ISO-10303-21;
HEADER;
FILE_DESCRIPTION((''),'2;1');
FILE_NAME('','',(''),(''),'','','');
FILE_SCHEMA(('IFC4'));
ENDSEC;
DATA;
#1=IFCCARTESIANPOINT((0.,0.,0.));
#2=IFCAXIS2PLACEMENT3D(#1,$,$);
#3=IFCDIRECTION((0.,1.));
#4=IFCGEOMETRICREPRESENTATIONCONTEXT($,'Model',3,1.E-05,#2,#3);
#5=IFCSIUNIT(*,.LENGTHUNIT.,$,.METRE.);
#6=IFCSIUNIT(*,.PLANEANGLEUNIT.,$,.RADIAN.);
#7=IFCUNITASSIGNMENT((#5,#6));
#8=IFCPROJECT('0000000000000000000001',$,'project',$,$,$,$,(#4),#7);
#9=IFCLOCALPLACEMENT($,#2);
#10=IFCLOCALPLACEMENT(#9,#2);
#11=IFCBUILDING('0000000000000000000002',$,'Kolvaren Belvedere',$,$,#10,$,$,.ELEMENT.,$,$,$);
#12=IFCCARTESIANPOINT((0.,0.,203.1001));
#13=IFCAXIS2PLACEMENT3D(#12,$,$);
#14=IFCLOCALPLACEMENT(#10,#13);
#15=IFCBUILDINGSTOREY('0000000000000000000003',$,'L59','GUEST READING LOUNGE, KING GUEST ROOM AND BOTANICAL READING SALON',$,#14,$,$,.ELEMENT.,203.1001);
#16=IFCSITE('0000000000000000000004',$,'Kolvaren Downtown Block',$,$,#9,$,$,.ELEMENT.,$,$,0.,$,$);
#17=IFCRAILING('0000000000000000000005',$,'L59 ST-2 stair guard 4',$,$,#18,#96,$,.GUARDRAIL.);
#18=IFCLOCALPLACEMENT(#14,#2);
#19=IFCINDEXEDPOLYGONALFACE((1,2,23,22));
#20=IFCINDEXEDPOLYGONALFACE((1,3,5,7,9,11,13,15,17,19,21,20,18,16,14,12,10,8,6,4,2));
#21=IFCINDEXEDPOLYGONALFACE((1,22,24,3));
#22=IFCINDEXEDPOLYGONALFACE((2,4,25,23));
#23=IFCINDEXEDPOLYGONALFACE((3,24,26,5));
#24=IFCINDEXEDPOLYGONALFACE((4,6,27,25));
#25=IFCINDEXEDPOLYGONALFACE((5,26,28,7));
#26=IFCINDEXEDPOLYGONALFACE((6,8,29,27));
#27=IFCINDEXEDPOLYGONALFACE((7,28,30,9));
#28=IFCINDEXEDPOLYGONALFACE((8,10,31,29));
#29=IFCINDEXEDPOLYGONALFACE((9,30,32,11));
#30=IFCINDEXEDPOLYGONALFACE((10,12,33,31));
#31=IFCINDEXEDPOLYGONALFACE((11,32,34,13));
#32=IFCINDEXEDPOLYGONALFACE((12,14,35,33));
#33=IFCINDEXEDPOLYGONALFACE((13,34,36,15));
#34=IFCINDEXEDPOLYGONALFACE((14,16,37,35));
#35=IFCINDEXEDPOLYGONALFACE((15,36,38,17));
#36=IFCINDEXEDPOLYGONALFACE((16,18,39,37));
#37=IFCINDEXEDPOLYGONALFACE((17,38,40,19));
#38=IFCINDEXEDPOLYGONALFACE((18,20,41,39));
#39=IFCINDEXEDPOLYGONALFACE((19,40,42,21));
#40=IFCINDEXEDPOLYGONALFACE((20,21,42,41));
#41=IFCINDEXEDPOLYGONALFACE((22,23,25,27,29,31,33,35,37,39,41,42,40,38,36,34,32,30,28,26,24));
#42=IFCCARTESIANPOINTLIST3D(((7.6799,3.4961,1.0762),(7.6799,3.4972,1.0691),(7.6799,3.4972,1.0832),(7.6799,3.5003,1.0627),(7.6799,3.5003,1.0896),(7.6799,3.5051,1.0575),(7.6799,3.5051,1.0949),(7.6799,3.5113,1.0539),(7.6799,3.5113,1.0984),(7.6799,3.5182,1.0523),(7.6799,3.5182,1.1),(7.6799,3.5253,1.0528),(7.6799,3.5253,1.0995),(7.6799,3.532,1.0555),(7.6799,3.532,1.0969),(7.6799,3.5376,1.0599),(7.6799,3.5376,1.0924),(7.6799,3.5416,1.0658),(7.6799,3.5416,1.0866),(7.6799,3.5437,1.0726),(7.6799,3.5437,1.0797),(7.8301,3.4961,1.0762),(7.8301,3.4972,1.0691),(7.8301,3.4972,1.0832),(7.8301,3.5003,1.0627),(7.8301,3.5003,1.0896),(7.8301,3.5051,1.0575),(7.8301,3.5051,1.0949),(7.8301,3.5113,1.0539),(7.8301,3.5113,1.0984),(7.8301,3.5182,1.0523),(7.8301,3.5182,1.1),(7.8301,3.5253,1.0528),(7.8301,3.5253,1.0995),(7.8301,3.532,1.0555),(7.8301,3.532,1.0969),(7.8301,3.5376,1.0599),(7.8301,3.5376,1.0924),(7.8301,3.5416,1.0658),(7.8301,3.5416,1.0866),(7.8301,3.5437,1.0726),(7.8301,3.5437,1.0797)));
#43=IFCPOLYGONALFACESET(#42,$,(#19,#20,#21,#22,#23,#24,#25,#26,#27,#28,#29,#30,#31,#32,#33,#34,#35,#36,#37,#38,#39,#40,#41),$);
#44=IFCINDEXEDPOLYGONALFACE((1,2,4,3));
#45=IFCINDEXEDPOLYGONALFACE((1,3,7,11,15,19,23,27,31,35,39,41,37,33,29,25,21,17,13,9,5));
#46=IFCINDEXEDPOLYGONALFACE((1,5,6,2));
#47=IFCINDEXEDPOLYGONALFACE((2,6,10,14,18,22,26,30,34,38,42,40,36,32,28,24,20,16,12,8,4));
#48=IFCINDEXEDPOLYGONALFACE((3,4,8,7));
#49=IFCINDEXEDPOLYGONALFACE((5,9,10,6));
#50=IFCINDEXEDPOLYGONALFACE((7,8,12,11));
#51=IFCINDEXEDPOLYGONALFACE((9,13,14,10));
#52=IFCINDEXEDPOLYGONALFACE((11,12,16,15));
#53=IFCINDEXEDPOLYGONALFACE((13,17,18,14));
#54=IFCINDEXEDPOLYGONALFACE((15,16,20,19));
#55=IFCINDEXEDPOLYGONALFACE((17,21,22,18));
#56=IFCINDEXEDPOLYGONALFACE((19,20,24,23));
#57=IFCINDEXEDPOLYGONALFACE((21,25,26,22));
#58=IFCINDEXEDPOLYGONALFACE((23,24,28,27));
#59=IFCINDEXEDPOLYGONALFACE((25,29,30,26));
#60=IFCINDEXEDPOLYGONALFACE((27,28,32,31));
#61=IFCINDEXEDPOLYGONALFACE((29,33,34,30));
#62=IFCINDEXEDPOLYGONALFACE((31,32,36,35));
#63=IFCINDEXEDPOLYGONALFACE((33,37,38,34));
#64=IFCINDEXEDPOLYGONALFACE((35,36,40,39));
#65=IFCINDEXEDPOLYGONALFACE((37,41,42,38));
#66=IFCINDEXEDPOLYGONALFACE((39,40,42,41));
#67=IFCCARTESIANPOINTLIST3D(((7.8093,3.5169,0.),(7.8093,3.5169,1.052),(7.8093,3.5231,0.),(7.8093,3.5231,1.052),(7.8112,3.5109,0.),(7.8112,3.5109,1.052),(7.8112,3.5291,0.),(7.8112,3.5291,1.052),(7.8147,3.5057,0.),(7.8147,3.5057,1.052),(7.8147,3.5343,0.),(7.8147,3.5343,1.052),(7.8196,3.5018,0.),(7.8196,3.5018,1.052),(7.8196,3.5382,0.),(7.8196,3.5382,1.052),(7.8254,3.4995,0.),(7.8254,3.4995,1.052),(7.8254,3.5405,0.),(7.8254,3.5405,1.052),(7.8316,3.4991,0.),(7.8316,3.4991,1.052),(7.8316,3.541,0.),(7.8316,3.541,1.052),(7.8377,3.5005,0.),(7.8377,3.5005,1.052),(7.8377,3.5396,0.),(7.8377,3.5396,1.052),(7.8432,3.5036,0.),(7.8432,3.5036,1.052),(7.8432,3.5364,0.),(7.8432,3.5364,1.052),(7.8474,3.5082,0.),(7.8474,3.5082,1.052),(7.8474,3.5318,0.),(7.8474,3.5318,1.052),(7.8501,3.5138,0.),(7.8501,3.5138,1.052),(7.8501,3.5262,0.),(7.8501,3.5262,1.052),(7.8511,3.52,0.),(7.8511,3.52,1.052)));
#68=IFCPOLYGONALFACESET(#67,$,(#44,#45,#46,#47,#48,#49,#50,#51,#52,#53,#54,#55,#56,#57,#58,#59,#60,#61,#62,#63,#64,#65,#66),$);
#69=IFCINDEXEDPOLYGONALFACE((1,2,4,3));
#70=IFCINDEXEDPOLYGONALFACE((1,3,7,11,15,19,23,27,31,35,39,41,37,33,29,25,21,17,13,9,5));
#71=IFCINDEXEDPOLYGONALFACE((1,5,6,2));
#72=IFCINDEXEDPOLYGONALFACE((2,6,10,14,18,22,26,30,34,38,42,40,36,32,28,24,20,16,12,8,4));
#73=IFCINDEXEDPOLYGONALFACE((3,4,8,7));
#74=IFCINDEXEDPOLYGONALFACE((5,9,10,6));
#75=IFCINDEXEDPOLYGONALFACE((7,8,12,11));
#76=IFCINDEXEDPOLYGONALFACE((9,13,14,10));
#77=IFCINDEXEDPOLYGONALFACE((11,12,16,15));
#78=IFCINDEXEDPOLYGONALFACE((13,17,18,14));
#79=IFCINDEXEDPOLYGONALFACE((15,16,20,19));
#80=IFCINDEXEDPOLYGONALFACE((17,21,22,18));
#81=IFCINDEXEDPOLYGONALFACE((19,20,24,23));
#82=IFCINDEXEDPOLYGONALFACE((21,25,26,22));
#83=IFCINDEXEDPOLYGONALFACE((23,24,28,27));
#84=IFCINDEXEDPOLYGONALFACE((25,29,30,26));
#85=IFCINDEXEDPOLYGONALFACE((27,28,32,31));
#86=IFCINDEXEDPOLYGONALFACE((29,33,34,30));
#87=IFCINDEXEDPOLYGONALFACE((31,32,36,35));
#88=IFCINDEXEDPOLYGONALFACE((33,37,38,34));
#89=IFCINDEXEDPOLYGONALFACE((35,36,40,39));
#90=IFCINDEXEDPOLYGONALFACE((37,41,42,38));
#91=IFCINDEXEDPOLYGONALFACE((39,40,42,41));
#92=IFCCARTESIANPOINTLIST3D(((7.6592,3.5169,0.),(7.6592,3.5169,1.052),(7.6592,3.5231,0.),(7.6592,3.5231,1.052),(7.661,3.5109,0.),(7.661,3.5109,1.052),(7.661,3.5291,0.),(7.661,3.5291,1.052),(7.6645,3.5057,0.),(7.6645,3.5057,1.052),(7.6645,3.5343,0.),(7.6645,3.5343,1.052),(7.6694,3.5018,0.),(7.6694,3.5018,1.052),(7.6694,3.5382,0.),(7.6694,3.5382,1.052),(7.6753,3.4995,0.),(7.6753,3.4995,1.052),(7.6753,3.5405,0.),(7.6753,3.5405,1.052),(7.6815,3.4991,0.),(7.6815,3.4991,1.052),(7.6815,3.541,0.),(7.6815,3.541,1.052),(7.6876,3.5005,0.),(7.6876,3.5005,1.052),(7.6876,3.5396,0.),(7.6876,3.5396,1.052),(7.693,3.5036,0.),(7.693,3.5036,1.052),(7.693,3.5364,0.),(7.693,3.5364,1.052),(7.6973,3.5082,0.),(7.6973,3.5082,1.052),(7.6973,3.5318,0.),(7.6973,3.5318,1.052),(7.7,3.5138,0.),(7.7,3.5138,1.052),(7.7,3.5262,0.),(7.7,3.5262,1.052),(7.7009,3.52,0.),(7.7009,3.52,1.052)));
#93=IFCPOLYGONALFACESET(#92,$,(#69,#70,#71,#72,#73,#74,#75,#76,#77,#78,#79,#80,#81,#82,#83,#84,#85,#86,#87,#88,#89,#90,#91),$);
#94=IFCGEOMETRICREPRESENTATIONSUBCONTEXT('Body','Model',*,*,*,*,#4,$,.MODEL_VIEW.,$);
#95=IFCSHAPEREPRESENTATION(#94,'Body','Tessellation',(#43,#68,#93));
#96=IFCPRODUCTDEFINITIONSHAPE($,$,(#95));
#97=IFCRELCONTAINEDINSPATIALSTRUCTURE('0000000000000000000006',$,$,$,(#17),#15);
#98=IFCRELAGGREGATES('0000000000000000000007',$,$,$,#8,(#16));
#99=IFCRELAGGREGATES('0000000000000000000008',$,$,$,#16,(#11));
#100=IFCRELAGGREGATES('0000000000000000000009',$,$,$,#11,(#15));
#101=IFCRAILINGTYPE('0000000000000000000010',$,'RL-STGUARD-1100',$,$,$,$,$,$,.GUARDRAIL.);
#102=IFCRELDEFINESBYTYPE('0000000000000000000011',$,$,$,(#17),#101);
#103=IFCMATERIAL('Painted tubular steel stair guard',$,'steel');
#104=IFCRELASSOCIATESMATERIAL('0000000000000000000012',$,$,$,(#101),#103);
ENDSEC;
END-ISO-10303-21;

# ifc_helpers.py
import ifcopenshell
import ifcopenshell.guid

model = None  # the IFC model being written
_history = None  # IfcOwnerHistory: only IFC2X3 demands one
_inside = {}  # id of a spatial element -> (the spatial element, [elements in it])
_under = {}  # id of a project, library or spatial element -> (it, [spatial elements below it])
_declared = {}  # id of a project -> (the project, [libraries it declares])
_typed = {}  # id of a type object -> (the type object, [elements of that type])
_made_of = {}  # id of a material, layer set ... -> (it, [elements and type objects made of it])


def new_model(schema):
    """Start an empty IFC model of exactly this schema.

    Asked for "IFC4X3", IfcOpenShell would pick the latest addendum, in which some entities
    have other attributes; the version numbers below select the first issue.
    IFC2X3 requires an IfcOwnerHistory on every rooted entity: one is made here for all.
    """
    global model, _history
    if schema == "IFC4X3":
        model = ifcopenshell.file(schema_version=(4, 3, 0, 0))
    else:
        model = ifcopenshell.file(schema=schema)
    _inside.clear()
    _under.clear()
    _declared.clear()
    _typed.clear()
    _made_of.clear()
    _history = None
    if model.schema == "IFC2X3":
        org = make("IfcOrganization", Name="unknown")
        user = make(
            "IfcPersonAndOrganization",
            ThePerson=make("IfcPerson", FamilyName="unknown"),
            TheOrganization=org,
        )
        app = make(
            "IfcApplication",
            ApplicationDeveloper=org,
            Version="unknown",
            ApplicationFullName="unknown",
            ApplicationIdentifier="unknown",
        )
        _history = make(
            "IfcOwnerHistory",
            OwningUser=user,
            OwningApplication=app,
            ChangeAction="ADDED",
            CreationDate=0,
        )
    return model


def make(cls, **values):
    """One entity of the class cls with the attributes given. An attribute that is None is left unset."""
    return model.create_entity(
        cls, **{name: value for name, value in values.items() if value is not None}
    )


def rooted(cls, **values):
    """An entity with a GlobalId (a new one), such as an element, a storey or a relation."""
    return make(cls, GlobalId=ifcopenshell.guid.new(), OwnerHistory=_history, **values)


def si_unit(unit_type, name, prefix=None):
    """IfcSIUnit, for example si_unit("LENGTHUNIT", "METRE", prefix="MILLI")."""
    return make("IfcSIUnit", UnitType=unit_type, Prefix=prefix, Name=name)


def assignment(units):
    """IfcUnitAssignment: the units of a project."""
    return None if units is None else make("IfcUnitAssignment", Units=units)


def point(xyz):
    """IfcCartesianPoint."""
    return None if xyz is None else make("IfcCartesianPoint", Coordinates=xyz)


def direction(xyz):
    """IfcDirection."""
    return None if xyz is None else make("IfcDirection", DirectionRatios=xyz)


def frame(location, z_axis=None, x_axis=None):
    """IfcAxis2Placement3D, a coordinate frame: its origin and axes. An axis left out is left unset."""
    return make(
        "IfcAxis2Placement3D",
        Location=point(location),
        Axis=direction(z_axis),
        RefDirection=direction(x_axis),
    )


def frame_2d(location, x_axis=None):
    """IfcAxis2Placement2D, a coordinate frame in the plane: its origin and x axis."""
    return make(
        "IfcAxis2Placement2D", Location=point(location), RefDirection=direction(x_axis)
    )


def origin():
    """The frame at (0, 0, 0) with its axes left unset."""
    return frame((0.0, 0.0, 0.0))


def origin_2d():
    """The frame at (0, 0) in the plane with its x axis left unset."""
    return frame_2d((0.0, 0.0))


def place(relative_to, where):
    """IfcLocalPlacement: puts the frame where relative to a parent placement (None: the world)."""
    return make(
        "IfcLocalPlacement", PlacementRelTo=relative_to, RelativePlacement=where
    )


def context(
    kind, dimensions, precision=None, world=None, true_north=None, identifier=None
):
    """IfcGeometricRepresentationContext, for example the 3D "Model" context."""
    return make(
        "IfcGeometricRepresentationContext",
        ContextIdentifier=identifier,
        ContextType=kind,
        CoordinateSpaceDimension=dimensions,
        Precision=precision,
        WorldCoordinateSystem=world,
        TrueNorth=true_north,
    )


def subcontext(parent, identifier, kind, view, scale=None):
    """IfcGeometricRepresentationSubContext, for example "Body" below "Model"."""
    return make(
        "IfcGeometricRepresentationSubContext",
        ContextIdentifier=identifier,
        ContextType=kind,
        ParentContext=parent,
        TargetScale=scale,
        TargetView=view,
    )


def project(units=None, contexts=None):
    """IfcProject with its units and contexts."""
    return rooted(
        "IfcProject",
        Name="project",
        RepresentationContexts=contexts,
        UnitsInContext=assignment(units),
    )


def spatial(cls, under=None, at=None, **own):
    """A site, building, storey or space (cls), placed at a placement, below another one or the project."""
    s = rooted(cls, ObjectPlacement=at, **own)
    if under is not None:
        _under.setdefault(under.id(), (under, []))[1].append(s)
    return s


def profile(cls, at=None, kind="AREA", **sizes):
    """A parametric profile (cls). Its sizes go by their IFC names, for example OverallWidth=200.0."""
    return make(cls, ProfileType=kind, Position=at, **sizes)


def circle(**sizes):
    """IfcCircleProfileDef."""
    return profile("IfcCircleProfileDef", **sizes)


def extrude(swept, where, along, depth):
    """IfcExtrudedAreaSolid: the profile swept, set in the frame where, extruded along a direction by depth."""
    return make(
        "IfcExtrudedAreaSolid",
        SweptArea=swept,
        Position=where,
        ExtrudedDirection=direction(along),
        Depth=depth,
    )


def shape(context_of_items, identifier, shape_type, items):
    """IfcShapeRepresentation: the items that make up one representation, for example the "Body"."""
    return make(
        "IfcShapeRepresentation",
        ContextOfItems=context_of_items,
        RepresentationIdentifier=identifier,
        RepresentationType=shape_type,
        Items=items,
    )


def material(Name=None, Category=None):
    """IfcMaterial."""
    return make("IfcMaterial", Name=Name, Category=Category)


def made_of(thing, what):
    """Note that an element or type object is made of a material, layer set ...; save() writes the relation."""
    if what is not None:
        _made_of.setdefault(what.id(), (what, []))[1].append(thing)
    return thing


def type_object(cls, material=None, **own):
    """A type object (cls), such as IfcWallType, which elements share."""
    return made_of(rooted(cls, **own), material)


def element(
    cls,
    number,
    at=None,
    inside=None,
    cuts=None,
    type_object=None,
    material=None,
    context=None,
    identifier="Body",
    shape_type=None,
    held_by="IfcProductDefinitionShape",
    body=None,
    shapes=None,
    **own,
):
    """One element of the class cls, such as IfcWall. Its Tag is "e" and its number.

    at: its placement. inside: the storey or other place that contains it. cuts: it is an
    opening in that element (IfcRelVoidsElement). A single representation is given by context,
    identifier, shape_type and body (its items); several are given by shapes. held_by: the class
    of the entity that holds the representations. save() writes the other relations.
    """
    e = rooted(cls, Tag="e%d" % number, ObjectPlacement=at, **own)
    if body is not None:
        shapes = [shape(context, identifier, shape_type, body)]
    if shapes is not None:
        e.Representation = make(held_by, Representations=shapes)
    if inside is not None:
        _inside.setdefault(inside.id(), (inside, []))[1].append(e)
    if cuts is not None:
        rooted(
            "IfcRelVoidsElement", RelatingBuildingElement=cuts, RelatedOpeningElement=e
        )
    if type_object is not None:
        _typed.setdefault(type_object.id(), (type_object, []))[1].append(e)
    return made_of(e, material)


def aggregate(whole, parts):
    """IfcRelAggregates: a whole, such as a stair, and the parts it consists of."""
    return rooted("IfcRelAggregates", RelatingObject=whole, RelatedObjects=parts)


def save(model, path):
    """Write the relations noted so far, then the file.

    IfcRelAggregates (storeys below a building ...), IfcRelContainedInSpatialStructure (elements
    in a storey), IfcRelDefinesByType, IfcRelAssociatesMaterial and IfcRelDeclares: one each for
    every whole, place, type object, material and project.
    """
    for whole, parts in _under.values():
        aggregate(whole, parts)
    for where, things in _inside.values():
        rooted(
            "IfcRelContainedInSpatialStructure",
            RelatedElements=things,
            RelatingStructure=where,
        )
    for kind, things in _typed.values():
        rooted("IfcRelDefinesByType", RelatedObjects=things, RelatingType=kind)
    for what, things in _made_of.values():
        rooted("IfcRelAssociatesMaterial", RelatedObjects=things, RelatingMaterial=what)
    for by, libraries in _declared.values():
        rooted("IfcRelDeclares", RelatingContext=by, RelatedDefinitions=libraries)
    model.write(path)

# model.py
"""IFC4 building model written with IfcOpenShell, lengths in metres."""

from ifc_helpers import new_model, si_unit, direction, frame, origin, origin_2d, place, context, subcontext, project, spatial, circle, extrude, material, type_object, element, save


model = new_model("IFC4")

# Units and contexts
model_context = context("Model", 3, precision=1e-05, world=origin(), true_north=direction((0.0, 1.0)))
body_context = subcontext(model_context, "Body", "Model", "MODEL_VIEW")
ifc_project = project(units=[si_unit("LENGTHUNIT", "METRE"), si_unit("PLANEANGLEUNIT", "RADIAN")], contexts=[model_context])

# Site, building, storey
site_placement = place(None, origin())
site = spatial("IfcSite", under=ifc_project, at=site_placement, Name="Kolvaren Downtown Block", CompositionType="ELEMENT", RefElevation=0.0)
building_placement = place(site_placement, origin())
building = spatial("IfcBuilding", under=site, at=building_placement, Name="Kolvaren Belvedere", CompositionType="ELEMENT")
storey_placement = place(building_placement, frame((0.0, 0.0, 203.1001)))
storey = spatial("IfcBuildingStorey", under=building, at=storey_placement, Name="L59", Description="GUEST READING LOUNGE, KING GUEST ROOM AND BOTANICAL READING SALON", CompositionType="ELEMENT", Elevation=203.1001)

# Railing
ifc_material_1 = material(Name="Painted tubular steel stair guard", Category="steel")
railing_type_1 = type_object("IfcRailingType", Name="RL-STGUARD-1100", PredefinedType="GUARDRAIL", material=ifc_material_1)
railing_1_placement = place(storey_placement, frame((7.8301, 3.52, 0.0)))
element("IfcRailing", 1, at=railing_1_placement, inside=storey, type_object=railing_type_1, Name="L59 ST-2 stair guard 4", PredefinedType="GUARDRAIL", context=body_context, shape_type="SweptSolid", body=[
    extrude(circle(Radius=0.0239, at=origin_2d()), frame((0.0, 0.0, 1.0762), z_axis=(-1.0, 0.0, 0.0), x_axis=(0.0, -1.0, 0.0)), (0.0, 0.0, 1.0), 0.1501),
    extrude(circle(Radius=0.021, at=origin_2d()), origin(), (0.0, 0.0, 1.0), 1.052),
    extrude(circle(Radius=0.021, at=origin_2d()), frame((-0.1501, 0.0, 0.0)), (0.0, 0.0, 1.0), 1.052),
])

save(model, "model.ifc")
